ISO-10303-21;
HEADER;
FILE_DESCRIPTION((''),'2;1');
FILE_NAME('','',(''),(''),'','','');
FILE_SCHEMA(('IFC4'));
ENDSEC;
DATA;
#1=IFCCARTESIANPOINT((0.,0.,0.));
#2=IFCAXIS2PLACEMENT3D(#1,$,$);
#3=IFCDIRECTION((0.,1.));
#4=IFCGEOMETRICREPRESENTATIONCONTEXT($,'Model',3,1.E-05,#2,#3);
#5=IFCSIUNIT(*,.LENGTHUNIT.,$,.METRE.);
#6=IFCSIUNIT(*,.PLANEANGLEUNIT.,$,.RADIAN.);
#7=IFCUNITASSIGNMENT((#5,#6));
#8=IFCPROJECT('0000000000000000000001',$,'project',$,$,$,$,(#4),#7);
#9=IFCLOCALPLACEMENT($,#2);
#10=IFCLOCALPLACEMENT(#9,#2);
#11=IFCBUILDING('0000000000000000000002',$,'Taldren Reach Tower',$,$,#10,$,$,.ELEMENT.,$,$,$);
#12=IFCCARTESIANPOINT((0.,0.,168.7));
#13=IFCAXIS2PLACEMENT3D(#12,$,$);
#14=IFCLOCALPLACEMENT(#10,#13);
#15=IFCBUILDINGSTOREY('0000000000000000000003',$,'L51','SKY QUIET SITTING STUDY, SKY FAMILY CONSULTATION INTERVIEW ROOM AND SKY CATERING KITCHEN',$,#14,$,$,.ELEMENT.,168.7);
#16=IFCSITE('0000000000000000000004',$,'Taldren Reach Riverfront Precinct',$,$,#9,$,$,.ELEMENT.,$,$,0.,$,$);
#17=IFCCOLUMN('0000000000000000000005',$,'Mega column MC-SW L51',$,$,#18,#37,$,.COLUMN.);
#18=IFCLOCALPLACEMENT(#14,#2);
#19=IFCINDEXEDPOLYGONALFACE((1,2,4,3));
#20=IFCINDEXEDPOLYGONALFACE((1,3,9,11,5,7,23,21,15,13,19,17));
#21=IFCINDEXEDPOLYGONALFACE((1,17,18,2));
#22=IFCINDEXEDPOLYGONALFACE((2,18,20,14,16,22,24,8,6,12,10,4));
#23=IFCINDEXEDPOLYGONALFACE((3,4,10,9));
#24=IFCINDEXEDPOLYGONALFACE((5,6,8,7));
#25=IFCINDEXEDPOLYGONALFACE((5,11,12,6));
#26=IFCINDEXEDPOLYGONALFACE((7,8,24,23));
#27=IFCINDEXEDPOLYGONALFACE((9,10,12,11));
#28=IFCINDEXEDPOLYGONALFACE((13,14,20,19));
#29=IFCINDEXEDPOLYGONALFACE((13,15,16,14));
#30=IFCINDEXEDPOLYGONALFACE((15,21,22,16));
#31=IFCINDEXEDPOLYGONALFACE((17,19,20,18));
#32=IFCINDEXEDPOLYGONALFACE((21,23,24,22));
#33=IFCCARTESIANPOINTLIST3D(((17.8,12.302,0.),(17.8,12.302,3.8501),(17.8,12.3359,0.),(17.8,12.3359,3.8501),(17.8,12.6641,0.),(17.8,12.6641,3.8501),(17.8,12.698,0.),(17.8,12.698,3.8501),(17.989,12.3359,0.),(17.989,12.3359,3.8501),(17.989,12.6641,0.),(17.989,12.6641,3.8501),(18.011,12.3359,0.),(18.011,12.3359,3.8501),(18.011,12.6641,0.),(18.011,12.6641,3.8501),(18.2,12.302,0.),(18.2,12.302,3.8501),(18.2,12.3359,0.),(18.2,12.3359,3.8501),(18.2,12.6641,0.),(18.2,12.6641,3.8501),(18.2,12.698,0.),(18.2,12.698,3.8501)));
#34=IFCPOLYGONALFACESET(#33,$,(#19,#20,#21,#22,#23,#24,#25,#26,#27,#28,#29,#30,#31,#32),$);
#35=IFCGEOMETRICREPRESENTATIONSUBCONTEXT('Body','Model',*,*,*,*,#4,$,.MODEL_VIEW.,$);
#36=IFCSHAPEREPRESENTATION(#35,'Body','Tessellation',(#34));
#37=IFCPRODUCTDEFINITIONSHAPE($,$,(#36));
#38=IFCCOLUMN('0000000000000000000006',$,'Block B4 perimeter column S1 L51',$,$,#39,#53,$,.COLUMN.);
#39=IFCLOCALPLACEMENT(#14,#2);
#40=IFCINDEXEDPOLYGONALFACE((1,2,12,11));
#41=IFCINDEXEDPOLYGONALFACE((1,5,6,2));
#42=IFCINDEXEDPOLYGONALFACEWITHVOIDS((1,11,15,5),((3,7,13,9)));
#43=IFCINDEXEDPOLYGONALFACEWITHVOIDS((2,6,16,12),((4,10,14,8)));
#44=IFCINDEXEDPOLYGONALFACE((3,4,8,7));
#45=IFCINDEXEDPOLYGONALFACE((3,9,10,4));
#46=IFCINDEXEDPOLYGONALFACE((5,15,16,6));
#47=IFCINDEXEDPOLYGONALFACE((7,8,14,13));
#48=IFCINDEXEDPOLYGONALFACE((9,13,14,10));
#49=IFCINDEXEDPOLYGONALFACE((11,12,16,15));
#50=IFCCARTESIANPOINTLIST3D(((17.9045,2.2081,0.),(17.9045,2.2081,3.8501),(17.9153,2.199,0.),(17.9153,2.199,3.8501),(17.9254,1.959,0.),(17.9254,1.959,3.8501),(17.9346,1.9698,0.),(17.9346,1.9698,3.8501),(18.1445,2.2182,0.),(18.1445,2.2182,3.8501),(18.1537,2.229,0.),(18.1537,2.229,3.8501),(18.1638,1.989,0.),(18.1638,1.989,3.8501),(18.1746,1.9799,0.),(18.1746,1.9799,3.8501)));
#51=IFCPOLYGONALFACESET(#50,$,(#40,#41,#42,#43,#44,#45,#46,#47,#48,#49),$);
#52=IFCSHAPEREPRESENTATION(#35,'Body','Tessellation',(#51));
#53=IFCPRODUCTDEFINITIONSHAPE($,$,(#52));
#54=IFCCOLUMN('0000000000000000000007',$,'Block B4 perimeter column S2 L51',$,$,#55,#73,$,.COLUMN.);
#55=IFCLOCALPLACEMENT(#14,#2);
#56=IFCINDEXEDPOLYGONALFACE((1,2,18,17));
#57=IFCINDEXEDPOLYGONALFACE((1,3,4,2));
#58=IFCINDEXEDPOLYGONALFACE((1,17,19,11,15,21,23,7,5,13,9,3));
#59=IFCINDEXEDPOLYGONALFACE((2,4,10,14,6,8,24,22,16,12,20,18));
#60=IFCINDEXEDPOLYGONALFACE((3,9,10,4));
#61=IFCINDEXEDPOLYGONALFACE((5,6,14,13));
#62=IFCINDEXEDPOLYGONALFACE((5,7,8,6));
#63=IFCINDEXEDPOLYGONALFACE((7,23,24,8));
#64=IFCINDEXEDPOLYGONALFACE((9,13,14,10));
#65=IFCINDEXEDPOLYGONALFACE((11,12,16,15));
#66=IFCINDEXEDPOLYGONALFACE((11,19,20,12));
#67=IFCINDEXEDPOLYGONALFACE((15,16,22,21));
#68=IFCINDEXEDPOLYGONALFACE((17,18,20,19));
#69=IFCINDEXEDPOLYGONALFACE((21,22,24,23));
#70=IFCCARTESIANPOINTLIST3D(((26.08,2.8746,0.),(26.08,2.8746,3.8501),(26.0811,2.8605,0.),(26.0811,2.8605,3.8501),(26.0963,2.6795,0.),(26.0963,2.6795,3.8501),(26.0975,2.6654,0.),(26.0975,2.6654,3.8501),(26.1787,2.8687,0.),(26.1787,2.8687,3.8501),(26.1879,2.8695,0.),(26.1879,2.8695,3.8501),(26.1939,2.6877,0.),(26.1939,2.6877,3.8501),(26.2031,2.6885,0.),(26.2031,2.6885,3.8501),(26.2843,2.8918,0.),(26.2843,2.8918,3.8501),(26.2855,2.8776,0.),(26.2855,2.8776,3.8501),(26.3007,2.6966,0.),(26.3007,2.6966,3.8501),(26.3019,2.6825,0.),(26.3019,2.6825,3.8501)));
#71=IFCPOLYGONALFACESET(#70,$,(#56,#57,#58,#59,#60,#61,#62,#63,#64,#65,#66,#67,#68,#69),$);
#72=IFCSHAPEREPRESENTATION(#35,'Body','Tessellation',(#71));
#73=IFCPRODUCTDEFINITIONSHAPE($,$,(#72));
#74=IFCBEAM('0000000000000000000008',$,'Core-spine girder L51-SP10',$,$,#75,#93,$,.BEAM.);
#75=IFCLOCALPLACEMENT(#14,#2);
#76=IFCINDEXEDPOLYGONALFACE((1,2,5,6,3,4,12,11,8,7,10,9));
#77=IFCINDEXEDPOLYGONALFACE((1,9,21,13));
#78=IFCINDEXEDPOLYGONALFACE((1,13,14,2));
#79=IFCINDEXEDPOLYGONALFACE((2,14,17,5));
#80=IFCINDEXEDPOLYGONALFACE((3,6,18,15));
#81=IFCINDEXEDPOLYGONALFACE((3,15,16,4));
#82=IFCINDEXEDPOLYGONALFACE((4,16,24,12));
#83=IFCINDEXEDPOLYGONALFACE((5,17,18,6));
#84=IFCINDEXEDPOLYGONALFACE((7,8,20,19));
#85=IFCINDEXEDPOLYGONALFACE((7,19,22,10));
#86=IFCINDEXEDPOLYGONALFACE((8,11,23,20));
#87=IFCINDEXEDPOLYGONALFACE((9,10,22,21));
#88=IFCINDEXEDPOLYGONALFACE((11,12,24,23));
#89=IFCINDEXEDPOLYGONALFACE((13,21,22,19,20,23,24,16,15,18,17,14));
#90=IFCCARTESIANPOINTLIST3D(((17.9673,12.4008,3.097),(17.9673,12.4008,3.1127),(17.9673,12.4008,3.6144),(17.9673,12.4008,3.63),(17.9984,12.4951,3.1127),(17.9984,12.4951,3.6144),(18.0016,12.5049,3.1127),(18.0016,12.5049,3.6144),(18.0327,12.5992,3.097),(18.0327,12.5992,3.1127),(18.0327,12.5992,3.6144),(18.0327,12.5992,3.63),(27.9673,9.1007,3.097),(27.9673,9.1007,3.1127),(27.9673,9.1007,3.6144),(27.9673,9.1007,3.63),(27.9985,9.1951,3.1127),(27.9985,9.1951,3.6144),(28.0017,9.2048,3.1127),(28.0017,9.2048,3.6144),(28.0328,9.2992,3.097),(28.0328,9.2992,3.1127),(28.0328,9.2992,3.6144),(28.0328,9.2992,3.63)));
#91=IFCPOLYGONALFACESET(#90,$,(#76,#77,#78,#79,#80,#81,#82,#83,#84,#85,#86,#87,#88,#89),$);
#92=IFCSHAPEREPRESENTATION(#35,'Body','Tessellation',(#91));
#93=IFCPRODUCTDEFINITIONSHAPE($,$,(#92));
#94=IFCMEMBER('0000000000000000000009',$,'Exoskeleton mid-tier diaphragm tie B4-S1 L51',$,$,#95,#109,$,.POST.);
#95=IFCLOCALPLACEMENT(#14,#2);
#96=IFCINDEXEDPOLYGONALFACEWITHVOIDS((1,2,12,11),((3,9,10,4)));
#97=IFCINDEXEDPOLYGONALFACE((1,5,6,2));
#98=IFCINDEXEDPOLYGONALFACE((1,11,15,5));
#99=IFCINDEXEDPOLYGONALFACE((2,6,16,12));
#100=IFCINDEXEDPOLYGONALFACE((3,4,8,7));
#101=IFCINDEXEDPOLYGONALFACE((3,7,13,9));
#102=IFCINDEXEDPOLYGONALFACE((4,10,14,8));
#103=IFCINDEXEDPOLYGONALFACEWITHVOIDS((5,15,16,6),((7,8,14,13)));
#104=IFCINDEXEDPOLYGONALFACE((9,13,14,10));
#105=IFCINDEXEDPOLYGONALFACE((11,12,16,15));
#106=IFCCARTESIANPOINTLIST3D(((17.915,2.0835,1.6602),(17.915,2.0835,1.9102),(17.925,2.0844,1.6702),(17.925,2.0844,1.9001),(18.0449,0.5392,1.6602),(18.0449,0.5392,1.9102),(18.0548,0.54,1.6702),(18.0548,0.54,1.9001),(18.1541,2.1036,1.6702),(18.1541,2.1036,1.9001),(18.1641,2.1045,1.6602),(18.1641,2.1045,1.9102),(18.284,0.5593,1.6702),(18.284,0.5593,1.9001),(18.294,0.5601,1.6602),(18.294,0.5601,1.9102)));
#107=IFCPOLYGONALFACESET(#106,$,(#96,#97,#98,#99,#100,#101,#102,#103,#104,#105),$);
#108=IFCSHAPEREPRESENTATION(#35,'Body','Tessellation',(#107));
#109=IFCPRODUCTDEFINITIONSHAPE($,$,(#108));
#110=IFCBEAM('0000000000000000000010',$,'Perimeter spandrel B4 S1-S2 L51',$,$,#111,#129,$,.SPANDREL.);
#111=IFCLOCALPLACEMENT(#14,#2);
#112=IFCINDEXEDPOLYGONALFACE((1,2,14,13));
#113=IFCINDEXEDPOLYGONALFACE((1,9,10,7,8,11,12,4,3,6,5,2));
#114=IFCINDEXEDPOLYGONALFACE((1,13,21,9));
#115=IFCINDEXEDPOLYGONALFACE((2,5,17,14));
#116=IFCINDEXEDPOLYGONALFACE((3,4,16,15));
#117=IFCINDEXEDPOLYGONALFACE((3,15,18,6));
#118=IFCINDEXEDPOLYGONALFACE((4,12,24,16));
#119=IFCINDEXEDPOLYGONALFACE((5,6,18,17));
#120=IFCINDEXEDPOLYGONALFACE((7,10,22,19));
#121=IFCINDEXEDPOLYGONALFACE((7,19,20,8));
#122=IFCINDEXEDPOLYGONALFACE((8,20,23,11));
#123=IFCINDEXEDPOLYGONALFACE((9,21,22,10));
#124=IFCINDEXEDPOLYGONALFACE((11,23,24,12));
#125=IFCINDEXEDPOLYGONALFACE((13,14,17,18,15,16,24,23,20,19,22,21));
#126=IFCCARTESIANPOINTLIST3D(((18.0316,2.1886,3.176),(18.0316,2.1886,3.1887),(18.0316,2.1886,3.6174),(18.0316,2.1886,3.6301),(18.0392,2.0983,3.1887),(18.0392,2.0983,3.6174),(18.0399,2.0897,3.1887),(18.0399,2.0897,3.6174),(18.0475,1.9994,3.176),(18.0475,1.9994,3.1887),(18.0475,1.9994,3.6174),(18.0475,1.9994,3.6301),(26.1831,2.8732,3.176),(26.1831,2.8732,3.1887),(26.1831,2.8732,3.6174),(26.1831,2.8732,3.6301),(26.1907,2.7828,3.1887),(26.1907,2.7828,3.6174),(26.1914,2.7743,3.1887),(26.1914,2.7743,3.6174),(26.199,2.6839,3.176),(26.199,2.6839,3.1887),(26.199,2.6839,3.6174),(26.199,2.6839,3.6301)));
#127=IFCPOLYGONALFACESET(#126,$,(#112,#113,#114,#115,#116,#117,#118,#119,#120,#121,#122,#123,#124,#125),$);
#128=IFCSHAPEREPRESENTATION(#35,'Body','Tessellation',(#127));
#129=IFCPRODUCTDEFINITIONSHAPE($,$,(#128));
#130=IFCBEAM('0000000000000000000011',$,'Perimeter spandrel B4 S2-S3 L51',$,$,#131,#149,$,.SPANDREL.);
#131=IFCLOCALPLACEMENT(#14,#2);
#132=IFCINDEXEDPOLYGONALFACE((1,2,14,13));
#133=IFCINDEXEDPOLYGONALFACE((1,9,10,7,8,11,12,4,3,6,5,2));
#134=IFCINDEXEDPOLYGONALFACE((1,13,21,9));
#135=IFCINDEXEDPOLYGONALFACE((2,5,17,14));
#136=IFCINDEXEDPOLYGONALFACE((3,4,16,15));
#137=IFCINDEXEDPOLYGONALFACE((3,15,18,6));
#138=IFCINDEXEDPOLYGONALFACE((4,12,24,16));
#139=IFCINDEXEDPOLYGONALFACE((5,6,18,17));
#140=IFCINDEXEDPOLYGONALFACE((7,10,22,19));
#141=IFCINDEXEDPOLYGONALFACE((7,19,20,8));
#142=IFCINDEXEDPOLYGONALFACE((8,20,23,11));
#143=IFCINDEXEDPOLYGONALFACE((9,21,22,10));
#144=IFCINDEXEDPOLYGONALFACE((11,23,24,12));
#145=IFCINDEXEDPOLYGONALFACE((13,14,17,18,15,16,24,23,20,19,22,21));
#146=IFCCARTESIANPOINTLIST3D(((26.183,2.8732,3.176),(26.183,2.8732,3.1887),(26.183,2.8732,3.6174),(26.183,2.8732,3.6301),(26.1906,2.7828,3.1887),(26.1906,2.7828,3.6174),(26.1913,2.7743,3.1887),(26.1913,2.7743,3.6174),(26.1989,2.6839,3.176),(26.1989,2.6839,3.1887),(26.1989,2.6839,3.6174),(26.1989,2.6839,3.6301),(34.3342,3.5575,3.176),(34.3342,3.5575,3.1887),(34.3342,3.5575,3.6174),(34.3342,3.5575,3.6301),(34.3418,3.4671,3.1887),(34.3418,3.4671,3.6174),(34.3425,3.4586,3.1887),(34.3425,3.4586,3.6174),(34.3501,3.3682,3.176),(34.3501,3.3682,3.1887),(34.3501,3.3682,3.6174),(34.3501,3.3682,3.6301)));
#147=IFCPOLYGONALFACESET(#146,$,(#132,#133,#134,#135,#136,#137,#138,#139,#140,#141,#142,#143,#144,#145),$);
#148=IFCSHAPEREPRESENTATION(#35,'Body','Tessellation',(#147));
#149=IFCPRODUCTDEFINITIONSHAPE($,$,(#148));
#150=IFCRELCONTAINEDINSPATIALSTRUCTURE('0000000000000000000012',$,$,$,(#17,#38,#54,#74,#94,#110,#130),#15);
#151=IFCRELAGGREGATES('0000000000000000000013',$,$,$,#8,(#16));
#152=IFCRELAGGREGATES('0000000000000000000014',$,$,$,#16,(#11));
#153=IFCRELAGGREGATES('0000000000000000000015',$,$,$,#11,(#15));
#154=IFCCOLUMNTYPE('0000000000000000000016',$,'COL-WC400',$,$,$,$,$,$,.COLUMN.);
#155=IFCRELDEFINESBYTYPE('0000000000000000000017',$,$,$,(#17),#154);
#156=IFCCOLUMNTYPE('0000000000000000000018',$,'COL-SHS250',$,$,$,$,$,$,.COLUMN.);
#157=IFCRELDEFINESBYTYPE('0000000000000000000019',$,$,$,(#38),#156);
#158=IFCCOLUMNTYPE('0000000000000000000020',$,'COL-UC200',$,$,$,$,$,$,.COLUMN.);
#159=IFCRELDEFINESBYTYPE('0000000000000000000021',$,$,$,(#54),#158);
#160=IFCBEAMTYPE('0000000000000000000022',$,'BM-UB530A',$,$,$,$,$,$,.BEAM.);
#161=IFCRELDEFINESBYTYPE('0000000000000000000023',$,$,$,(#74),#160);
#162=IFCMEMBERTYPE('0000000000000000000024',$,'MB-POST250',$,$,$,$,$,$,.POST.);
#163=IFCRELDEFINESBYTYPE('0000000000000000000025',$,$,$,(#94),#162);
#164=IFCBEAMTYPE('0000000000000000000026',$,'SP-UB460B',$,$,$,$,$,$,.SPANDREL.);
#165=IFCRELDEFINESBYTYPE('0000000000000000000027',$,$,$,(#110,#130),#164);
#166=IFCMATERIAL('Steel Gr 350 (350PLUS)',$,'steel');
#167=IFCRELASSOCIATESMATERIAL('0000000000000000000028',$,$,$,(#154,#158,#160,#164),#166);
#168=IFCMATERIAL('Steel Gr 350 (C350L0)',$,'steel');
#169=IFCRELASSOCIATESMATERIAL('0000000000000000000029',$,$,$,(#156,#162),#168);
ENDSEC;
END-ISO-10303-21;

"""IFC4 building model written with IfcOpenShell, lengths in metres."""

from ifc_helpers import new_model, si_unit, direction, frame, origin, origin_2d, place, context, subcontext, project, spatial, hollow_rectangle, i_section, extrude, source, transform, mapped, material, material_profile, profile_set, type_object, element, save


model = new_model("IFC4")

# Units and contexts
model_context = context("Model", 3, precision=1e-05, world=origin(), true_north=direction((0.0, 1.0)))
body_context = subcontext(model_context, "Body", "Model", "MODEL_VIEW")
ifc_project = project(units=[si_unit("LENGTHUNIT", "METRE"), si_unit("PLANEANGLEUNIT", "RADIAN")], contexts=[model_context])

# Site, building, storey
site_placement = place(None, origin())
site = spatial("IfcSite", under=ifc_project, at=site_placement, Name="Taldren Reach Riverfront Precinct", CompositionType="ELEMENT", RefElevation=0.0)
building_placement = place(site_placement, origin())
building = spatial("IfcBuilding", under=site, at=building_placement, Name="Taldren Reach Tower", CompositionType="ELEMENT")
storey_placement = place(building_placement, frame((0.0, 0.0, 168.7)))
storey = spatial("IfcBuildingStorey", under=building, at=storey_placement, Name="L51", Description="SKY QUIET SITTING STUDY, SKY FAMILY CONSULTATION INTERVIEW ROOM AND SKY CATERING KITCHEN", CompositionType="ELEMENT", Elevation=168.7)

# Columns
ifc_material_1 = material(Name="Steel Gr 350 (350PLUS)", Category="steel")
ifc_material_profile_1 = material_profile(ifc_material_1, i_section(OverallWidth=0.3999, OverallDepth=0.396, WebThickness=0.022, FlangeThickness=0.0339, at=origin_2d()), Name="400WC270")
ifc_profile_set_1 = profile_set([ifc_material_profile_1], Name="Steel Gr 350 (350PLUS)")
column_type_1 = type_object("IfcColumnType", Name="COL-WC400", PredefinedType="COLUMN", material=ifc_profile_set_1)
shared_shape_1 = source(origin(), body_context, "Body", "SweptSolid", [
    extrude(i_section(OverallWidth=0.3999, OverallDepth=0.396, WebThickness=0.022, FlangeThickness=0.0339, at=origin_2d()), origin(), (0.0, 0.0, 1.0), 3.8501),
])
column_1_placement = place(storey_placement, frame((18.0, 12.5, 0.0), z_axis=(0.0, 0.0, 1.0), x_axis=(1.0, 0.0, 0.0)))
element("IfcColumn", 1, at=column_1_placement, inside=storey, type_object=column_type_1, Name="Mega column MC-SW L51", PredefinedType="COLUMN", context=body_context, shape_type="MappedRepresentation", body=[
    mapped(shared_shape_1, transform((0.0, 0.0, 0.0), scale=1.0)),
])
ifc_material_2 = material(Name="Steel Gr 350 (C350L0)", Category="steel")
ifc_material_profile_2 = material_profile(ifc_material_2, hollow_rectangle(XDim=0.25, YDim=0.25, WallThickness=0.01, at=origin_2d()), Name="250x250x10.0SHS")
ifc_profile_set_2 = profile_set([ifc_material_profile_2], Name="Steel Gr 350 (C350L0)")
column_type_2 = type_object("IfcColumnType", Name="COL-SHS250", PredefinedType="COLUMN", material=ifc_profile_set_2)
shared_shape_2 = source(origin(), body_context, "Body", "SweptSolid", [
    extrude(hollow_rectangle(XDim=0.25, YDim=0.25, WallThickness=0.01, at=origin_2d()), origin(), (0.0, 0.0, 1.0), 3.8501),
])
column_2_placement = place(storey_placement, frame((18.0396, 2.094, 0.0), z_axis=(0.0, 0.0, 1.0), x_axis=(0.996493, 0.083678, 0.0)))
element("IfcColumn", 2, at=column_2_placement, inside=storey, type_object=column_type_2, Name="Block B4 perimeter column S1 L51", PredefinedType="COLUMN", context=body_context, shape_type="MappedRepresentation", body=[
    mapped(shared_shape_2, transform((0.0, 0.0, 0.0), scale=1.0)),
])
ifc_material_profile_3 = material_profile(ifc_material_1, i_section(OverallWidth=0.2051, OverallDepth=0.21, WebThickness=0.0093, FlangeThickness=0.0142, at=origin_2d()), Name="200UC59.5")
ifc_profile_set_3 = profile_set([ifc_material_profile_3], Name="Steel Gr 350 (350PLUS)")
column_type_3 = type_object("IfcColumnType", Name="COL-UC200", PredefinedType="COLUMN", material=ifc_profile_set_3)
shared_shape_3 = source(origin(), body_context, "Body", "SweptSolid", [
    extrude(i_section(OverallWidth=0.2051, OverallDepth=0.21, WebThickness=0.0093, FlangeThickness=0.0142, at=origin_2d()), origin(), (0.0, 0.0, 1.0), 3.8501),
])
column_3_placement = place(storey_placement, frame((26.1909, 2.7786, 0.0), z_axis=(0.0, 0.0, 1.0), x_axis=(0.996493, 0.083678, 0.0)))
element("IfcColumn", 3, at=column_3_placement, inside=storey, type_object=column_type_3, Name="Block B4 perimeter column S2 L51", PredefinedType="COLUMN", context=body_context, shape_type="MappedRepresentation", body=[
    mapped(shared_shape_3, transform((0.0, 0.0, 0.0), scale=1.0)),
])

# Beam
ifc_material_profile_4 = material_profile(ifc_material_1, i_section(OverallWidth=0.209, OverallDepth=0.533, WebThickness=0.0103, FlangeThickness=0.0156, at=origin_2d()), Name="530UB92.4")
ifc_profile_set_4 = profile_set([ifc_material_profile_4], Name="Steel Gr 350 (350PLUS)")
beam_type_1 = type_object("IfcBeamType", Name="BM-UB530A", PredefinedType="BEAM", material=ifc_profile_set_4)
shared_shape_4 = source(origin(), body_context, "Body", "SweptSolid", [
    extrude(i_section(OverallWidth=0.209, OverallDepth=0.533, WebThickness=0.0103, FlangeThickness=0.0156, at=origin_2d()), origin(), (0.0, 0.0, 1.0), 10.5305),
])
beam_1_placement = place(storey_placement, frame((18.0, 12.5, 3.3635), z_axis=(0.949627, -0.313382, 0.0), x_axis=(0.313382, 0.949627, 0.0)))
element("IfcBeam", 4, at=beam_1_placement, inside=storey, type_object=beam_type_1, Name="Core-spine girder L51-SP10", PredefinedType="BEAM", context=body_context, shape_type="MappedRepresentation", body=[
    mapped(shared_shape_4, transform((0.0, 0.0, 0.0), scale=1.0)),
])

# Member
ifc_material_profile_5 = material_profile(ifc_material_2, hollow_rectangle(XDim=0.25, YDim=0.25, WallThickness=0.01, at=origin_2d()), Name="250x250x10.0SHS")
ifc_profile_set_5 = profile_set([ifc_material_profile_5], Name="Steel Gr 350 (C350L0)")
member_type_1 = type_object("IfcMemberType", Name="MB-POST250", PredefinedType="POST", material=ifc_profile_set_5)
shared_shape_5 = source(origin(), body_context, "Body", "SweptSolid", [
    extrude(hollow_rectangle(XDim=0.25, YDim=0.25, WallThickness=0.01, at=origin_2d()), origin(), (0.0, 0.0, 1.0), 1.5498),
])
member_1_placement = place(storey_placement, frame((18.0396, 2.094, 1.7852), z_axis=(0.083802, -0.996482, 0.0), x_axis=(0.996482, 0.083802, 0.0)))
element("IfcMember", 5, at=member_1_placement, inside=storey, type_object=member_type_1, Name="Exoskeleton mid-tier diaphragm tie B4-S1 L51", PredefinedType="POST", context=body_context, shape_type="MappedRepresentation", body=[
    mapped(shared_shape_5, transform((0.0, 0.0, 0.0), scale=1.0)),
])

# Beams
ifc_material_profile_6 = material_profile(ifc_material_1, i_section(OverallWidth=0.1899, OverallDepth=0.4541, WebThickness=0.0085, FlangeThickness=0.0127, at=origin_2d()), Name="460UB67.1")
ifc_profile_set_6 = profile_set([ifc_material_profile_6], Name="Steel Gr 350 (350PLUS)")
beam_type_2 = type_object("IfcBeamType", Name="SP-UB460B", PredefinedType="SPANDREL", material=ifc_profile_set_6)
shared_shape_6 = source(origin(), body_context, "Body", "SweptSolid", [
    extrude(i_section(OverallWidth=0.1899, OverallDepth=0.4541, WebThickness=0.0085, FlangeThickness=0.0127, at=origin_2d()), origin(), (0.0, 0.0, 1.0), 8.1802),
])
beam_2_placement = place(storey_placement, frame((18.0396, 2.094, 3.4031), z_axis=(0.996492, 0.083688, 0.0), x_axis=(-0.083688, 0.996492, 0.0)))
element("IfcBeam", 6, at=beam_2_placement, inside=storey, type_object=beam_type_2, Name="Perimeter spandrel B4 S1-S2 L51", PredefinedType="SPANDREL", context=body_context, shape_type="MappedRepresentation", body=[
    mapped(shared_shape_6, transform((0.0, 0.0, 0.0), scale=1.0)),
])
shared_shape_7 = source(origin(), body_context, "Body", "SweptSolid", [
    extrude(i_section(OverallWidth=0.1899, OverallDepth=0.4541, WebThickness=0.0085, FlangeThickness=0.0127, at=origin_2d()), origin(), (0.0, 0.0, 1.0), 8.1799),
])
beam_3_placement = place(storey_placement, frame((26.1909, 2.7786, 3.4031), z_axis=(0.996495, 0.083658, 0.0), x_axis=(-0.083658, 0.996495, 0.0)))
element("IfcBeam", 7, at=beam_3_placement, inside=storey, type_object=beam_type_2, Name="Perimeter spandrel B4 S2-S3 L51", PredefinedType="SPANDREL", context=body_context, shape_type="MappedRepresentation", body=[
    mapped(shared_shape_7, transform((0.0, 0.0, 0.0), scale=1.0)),
])

save(model, "model.ifc")
